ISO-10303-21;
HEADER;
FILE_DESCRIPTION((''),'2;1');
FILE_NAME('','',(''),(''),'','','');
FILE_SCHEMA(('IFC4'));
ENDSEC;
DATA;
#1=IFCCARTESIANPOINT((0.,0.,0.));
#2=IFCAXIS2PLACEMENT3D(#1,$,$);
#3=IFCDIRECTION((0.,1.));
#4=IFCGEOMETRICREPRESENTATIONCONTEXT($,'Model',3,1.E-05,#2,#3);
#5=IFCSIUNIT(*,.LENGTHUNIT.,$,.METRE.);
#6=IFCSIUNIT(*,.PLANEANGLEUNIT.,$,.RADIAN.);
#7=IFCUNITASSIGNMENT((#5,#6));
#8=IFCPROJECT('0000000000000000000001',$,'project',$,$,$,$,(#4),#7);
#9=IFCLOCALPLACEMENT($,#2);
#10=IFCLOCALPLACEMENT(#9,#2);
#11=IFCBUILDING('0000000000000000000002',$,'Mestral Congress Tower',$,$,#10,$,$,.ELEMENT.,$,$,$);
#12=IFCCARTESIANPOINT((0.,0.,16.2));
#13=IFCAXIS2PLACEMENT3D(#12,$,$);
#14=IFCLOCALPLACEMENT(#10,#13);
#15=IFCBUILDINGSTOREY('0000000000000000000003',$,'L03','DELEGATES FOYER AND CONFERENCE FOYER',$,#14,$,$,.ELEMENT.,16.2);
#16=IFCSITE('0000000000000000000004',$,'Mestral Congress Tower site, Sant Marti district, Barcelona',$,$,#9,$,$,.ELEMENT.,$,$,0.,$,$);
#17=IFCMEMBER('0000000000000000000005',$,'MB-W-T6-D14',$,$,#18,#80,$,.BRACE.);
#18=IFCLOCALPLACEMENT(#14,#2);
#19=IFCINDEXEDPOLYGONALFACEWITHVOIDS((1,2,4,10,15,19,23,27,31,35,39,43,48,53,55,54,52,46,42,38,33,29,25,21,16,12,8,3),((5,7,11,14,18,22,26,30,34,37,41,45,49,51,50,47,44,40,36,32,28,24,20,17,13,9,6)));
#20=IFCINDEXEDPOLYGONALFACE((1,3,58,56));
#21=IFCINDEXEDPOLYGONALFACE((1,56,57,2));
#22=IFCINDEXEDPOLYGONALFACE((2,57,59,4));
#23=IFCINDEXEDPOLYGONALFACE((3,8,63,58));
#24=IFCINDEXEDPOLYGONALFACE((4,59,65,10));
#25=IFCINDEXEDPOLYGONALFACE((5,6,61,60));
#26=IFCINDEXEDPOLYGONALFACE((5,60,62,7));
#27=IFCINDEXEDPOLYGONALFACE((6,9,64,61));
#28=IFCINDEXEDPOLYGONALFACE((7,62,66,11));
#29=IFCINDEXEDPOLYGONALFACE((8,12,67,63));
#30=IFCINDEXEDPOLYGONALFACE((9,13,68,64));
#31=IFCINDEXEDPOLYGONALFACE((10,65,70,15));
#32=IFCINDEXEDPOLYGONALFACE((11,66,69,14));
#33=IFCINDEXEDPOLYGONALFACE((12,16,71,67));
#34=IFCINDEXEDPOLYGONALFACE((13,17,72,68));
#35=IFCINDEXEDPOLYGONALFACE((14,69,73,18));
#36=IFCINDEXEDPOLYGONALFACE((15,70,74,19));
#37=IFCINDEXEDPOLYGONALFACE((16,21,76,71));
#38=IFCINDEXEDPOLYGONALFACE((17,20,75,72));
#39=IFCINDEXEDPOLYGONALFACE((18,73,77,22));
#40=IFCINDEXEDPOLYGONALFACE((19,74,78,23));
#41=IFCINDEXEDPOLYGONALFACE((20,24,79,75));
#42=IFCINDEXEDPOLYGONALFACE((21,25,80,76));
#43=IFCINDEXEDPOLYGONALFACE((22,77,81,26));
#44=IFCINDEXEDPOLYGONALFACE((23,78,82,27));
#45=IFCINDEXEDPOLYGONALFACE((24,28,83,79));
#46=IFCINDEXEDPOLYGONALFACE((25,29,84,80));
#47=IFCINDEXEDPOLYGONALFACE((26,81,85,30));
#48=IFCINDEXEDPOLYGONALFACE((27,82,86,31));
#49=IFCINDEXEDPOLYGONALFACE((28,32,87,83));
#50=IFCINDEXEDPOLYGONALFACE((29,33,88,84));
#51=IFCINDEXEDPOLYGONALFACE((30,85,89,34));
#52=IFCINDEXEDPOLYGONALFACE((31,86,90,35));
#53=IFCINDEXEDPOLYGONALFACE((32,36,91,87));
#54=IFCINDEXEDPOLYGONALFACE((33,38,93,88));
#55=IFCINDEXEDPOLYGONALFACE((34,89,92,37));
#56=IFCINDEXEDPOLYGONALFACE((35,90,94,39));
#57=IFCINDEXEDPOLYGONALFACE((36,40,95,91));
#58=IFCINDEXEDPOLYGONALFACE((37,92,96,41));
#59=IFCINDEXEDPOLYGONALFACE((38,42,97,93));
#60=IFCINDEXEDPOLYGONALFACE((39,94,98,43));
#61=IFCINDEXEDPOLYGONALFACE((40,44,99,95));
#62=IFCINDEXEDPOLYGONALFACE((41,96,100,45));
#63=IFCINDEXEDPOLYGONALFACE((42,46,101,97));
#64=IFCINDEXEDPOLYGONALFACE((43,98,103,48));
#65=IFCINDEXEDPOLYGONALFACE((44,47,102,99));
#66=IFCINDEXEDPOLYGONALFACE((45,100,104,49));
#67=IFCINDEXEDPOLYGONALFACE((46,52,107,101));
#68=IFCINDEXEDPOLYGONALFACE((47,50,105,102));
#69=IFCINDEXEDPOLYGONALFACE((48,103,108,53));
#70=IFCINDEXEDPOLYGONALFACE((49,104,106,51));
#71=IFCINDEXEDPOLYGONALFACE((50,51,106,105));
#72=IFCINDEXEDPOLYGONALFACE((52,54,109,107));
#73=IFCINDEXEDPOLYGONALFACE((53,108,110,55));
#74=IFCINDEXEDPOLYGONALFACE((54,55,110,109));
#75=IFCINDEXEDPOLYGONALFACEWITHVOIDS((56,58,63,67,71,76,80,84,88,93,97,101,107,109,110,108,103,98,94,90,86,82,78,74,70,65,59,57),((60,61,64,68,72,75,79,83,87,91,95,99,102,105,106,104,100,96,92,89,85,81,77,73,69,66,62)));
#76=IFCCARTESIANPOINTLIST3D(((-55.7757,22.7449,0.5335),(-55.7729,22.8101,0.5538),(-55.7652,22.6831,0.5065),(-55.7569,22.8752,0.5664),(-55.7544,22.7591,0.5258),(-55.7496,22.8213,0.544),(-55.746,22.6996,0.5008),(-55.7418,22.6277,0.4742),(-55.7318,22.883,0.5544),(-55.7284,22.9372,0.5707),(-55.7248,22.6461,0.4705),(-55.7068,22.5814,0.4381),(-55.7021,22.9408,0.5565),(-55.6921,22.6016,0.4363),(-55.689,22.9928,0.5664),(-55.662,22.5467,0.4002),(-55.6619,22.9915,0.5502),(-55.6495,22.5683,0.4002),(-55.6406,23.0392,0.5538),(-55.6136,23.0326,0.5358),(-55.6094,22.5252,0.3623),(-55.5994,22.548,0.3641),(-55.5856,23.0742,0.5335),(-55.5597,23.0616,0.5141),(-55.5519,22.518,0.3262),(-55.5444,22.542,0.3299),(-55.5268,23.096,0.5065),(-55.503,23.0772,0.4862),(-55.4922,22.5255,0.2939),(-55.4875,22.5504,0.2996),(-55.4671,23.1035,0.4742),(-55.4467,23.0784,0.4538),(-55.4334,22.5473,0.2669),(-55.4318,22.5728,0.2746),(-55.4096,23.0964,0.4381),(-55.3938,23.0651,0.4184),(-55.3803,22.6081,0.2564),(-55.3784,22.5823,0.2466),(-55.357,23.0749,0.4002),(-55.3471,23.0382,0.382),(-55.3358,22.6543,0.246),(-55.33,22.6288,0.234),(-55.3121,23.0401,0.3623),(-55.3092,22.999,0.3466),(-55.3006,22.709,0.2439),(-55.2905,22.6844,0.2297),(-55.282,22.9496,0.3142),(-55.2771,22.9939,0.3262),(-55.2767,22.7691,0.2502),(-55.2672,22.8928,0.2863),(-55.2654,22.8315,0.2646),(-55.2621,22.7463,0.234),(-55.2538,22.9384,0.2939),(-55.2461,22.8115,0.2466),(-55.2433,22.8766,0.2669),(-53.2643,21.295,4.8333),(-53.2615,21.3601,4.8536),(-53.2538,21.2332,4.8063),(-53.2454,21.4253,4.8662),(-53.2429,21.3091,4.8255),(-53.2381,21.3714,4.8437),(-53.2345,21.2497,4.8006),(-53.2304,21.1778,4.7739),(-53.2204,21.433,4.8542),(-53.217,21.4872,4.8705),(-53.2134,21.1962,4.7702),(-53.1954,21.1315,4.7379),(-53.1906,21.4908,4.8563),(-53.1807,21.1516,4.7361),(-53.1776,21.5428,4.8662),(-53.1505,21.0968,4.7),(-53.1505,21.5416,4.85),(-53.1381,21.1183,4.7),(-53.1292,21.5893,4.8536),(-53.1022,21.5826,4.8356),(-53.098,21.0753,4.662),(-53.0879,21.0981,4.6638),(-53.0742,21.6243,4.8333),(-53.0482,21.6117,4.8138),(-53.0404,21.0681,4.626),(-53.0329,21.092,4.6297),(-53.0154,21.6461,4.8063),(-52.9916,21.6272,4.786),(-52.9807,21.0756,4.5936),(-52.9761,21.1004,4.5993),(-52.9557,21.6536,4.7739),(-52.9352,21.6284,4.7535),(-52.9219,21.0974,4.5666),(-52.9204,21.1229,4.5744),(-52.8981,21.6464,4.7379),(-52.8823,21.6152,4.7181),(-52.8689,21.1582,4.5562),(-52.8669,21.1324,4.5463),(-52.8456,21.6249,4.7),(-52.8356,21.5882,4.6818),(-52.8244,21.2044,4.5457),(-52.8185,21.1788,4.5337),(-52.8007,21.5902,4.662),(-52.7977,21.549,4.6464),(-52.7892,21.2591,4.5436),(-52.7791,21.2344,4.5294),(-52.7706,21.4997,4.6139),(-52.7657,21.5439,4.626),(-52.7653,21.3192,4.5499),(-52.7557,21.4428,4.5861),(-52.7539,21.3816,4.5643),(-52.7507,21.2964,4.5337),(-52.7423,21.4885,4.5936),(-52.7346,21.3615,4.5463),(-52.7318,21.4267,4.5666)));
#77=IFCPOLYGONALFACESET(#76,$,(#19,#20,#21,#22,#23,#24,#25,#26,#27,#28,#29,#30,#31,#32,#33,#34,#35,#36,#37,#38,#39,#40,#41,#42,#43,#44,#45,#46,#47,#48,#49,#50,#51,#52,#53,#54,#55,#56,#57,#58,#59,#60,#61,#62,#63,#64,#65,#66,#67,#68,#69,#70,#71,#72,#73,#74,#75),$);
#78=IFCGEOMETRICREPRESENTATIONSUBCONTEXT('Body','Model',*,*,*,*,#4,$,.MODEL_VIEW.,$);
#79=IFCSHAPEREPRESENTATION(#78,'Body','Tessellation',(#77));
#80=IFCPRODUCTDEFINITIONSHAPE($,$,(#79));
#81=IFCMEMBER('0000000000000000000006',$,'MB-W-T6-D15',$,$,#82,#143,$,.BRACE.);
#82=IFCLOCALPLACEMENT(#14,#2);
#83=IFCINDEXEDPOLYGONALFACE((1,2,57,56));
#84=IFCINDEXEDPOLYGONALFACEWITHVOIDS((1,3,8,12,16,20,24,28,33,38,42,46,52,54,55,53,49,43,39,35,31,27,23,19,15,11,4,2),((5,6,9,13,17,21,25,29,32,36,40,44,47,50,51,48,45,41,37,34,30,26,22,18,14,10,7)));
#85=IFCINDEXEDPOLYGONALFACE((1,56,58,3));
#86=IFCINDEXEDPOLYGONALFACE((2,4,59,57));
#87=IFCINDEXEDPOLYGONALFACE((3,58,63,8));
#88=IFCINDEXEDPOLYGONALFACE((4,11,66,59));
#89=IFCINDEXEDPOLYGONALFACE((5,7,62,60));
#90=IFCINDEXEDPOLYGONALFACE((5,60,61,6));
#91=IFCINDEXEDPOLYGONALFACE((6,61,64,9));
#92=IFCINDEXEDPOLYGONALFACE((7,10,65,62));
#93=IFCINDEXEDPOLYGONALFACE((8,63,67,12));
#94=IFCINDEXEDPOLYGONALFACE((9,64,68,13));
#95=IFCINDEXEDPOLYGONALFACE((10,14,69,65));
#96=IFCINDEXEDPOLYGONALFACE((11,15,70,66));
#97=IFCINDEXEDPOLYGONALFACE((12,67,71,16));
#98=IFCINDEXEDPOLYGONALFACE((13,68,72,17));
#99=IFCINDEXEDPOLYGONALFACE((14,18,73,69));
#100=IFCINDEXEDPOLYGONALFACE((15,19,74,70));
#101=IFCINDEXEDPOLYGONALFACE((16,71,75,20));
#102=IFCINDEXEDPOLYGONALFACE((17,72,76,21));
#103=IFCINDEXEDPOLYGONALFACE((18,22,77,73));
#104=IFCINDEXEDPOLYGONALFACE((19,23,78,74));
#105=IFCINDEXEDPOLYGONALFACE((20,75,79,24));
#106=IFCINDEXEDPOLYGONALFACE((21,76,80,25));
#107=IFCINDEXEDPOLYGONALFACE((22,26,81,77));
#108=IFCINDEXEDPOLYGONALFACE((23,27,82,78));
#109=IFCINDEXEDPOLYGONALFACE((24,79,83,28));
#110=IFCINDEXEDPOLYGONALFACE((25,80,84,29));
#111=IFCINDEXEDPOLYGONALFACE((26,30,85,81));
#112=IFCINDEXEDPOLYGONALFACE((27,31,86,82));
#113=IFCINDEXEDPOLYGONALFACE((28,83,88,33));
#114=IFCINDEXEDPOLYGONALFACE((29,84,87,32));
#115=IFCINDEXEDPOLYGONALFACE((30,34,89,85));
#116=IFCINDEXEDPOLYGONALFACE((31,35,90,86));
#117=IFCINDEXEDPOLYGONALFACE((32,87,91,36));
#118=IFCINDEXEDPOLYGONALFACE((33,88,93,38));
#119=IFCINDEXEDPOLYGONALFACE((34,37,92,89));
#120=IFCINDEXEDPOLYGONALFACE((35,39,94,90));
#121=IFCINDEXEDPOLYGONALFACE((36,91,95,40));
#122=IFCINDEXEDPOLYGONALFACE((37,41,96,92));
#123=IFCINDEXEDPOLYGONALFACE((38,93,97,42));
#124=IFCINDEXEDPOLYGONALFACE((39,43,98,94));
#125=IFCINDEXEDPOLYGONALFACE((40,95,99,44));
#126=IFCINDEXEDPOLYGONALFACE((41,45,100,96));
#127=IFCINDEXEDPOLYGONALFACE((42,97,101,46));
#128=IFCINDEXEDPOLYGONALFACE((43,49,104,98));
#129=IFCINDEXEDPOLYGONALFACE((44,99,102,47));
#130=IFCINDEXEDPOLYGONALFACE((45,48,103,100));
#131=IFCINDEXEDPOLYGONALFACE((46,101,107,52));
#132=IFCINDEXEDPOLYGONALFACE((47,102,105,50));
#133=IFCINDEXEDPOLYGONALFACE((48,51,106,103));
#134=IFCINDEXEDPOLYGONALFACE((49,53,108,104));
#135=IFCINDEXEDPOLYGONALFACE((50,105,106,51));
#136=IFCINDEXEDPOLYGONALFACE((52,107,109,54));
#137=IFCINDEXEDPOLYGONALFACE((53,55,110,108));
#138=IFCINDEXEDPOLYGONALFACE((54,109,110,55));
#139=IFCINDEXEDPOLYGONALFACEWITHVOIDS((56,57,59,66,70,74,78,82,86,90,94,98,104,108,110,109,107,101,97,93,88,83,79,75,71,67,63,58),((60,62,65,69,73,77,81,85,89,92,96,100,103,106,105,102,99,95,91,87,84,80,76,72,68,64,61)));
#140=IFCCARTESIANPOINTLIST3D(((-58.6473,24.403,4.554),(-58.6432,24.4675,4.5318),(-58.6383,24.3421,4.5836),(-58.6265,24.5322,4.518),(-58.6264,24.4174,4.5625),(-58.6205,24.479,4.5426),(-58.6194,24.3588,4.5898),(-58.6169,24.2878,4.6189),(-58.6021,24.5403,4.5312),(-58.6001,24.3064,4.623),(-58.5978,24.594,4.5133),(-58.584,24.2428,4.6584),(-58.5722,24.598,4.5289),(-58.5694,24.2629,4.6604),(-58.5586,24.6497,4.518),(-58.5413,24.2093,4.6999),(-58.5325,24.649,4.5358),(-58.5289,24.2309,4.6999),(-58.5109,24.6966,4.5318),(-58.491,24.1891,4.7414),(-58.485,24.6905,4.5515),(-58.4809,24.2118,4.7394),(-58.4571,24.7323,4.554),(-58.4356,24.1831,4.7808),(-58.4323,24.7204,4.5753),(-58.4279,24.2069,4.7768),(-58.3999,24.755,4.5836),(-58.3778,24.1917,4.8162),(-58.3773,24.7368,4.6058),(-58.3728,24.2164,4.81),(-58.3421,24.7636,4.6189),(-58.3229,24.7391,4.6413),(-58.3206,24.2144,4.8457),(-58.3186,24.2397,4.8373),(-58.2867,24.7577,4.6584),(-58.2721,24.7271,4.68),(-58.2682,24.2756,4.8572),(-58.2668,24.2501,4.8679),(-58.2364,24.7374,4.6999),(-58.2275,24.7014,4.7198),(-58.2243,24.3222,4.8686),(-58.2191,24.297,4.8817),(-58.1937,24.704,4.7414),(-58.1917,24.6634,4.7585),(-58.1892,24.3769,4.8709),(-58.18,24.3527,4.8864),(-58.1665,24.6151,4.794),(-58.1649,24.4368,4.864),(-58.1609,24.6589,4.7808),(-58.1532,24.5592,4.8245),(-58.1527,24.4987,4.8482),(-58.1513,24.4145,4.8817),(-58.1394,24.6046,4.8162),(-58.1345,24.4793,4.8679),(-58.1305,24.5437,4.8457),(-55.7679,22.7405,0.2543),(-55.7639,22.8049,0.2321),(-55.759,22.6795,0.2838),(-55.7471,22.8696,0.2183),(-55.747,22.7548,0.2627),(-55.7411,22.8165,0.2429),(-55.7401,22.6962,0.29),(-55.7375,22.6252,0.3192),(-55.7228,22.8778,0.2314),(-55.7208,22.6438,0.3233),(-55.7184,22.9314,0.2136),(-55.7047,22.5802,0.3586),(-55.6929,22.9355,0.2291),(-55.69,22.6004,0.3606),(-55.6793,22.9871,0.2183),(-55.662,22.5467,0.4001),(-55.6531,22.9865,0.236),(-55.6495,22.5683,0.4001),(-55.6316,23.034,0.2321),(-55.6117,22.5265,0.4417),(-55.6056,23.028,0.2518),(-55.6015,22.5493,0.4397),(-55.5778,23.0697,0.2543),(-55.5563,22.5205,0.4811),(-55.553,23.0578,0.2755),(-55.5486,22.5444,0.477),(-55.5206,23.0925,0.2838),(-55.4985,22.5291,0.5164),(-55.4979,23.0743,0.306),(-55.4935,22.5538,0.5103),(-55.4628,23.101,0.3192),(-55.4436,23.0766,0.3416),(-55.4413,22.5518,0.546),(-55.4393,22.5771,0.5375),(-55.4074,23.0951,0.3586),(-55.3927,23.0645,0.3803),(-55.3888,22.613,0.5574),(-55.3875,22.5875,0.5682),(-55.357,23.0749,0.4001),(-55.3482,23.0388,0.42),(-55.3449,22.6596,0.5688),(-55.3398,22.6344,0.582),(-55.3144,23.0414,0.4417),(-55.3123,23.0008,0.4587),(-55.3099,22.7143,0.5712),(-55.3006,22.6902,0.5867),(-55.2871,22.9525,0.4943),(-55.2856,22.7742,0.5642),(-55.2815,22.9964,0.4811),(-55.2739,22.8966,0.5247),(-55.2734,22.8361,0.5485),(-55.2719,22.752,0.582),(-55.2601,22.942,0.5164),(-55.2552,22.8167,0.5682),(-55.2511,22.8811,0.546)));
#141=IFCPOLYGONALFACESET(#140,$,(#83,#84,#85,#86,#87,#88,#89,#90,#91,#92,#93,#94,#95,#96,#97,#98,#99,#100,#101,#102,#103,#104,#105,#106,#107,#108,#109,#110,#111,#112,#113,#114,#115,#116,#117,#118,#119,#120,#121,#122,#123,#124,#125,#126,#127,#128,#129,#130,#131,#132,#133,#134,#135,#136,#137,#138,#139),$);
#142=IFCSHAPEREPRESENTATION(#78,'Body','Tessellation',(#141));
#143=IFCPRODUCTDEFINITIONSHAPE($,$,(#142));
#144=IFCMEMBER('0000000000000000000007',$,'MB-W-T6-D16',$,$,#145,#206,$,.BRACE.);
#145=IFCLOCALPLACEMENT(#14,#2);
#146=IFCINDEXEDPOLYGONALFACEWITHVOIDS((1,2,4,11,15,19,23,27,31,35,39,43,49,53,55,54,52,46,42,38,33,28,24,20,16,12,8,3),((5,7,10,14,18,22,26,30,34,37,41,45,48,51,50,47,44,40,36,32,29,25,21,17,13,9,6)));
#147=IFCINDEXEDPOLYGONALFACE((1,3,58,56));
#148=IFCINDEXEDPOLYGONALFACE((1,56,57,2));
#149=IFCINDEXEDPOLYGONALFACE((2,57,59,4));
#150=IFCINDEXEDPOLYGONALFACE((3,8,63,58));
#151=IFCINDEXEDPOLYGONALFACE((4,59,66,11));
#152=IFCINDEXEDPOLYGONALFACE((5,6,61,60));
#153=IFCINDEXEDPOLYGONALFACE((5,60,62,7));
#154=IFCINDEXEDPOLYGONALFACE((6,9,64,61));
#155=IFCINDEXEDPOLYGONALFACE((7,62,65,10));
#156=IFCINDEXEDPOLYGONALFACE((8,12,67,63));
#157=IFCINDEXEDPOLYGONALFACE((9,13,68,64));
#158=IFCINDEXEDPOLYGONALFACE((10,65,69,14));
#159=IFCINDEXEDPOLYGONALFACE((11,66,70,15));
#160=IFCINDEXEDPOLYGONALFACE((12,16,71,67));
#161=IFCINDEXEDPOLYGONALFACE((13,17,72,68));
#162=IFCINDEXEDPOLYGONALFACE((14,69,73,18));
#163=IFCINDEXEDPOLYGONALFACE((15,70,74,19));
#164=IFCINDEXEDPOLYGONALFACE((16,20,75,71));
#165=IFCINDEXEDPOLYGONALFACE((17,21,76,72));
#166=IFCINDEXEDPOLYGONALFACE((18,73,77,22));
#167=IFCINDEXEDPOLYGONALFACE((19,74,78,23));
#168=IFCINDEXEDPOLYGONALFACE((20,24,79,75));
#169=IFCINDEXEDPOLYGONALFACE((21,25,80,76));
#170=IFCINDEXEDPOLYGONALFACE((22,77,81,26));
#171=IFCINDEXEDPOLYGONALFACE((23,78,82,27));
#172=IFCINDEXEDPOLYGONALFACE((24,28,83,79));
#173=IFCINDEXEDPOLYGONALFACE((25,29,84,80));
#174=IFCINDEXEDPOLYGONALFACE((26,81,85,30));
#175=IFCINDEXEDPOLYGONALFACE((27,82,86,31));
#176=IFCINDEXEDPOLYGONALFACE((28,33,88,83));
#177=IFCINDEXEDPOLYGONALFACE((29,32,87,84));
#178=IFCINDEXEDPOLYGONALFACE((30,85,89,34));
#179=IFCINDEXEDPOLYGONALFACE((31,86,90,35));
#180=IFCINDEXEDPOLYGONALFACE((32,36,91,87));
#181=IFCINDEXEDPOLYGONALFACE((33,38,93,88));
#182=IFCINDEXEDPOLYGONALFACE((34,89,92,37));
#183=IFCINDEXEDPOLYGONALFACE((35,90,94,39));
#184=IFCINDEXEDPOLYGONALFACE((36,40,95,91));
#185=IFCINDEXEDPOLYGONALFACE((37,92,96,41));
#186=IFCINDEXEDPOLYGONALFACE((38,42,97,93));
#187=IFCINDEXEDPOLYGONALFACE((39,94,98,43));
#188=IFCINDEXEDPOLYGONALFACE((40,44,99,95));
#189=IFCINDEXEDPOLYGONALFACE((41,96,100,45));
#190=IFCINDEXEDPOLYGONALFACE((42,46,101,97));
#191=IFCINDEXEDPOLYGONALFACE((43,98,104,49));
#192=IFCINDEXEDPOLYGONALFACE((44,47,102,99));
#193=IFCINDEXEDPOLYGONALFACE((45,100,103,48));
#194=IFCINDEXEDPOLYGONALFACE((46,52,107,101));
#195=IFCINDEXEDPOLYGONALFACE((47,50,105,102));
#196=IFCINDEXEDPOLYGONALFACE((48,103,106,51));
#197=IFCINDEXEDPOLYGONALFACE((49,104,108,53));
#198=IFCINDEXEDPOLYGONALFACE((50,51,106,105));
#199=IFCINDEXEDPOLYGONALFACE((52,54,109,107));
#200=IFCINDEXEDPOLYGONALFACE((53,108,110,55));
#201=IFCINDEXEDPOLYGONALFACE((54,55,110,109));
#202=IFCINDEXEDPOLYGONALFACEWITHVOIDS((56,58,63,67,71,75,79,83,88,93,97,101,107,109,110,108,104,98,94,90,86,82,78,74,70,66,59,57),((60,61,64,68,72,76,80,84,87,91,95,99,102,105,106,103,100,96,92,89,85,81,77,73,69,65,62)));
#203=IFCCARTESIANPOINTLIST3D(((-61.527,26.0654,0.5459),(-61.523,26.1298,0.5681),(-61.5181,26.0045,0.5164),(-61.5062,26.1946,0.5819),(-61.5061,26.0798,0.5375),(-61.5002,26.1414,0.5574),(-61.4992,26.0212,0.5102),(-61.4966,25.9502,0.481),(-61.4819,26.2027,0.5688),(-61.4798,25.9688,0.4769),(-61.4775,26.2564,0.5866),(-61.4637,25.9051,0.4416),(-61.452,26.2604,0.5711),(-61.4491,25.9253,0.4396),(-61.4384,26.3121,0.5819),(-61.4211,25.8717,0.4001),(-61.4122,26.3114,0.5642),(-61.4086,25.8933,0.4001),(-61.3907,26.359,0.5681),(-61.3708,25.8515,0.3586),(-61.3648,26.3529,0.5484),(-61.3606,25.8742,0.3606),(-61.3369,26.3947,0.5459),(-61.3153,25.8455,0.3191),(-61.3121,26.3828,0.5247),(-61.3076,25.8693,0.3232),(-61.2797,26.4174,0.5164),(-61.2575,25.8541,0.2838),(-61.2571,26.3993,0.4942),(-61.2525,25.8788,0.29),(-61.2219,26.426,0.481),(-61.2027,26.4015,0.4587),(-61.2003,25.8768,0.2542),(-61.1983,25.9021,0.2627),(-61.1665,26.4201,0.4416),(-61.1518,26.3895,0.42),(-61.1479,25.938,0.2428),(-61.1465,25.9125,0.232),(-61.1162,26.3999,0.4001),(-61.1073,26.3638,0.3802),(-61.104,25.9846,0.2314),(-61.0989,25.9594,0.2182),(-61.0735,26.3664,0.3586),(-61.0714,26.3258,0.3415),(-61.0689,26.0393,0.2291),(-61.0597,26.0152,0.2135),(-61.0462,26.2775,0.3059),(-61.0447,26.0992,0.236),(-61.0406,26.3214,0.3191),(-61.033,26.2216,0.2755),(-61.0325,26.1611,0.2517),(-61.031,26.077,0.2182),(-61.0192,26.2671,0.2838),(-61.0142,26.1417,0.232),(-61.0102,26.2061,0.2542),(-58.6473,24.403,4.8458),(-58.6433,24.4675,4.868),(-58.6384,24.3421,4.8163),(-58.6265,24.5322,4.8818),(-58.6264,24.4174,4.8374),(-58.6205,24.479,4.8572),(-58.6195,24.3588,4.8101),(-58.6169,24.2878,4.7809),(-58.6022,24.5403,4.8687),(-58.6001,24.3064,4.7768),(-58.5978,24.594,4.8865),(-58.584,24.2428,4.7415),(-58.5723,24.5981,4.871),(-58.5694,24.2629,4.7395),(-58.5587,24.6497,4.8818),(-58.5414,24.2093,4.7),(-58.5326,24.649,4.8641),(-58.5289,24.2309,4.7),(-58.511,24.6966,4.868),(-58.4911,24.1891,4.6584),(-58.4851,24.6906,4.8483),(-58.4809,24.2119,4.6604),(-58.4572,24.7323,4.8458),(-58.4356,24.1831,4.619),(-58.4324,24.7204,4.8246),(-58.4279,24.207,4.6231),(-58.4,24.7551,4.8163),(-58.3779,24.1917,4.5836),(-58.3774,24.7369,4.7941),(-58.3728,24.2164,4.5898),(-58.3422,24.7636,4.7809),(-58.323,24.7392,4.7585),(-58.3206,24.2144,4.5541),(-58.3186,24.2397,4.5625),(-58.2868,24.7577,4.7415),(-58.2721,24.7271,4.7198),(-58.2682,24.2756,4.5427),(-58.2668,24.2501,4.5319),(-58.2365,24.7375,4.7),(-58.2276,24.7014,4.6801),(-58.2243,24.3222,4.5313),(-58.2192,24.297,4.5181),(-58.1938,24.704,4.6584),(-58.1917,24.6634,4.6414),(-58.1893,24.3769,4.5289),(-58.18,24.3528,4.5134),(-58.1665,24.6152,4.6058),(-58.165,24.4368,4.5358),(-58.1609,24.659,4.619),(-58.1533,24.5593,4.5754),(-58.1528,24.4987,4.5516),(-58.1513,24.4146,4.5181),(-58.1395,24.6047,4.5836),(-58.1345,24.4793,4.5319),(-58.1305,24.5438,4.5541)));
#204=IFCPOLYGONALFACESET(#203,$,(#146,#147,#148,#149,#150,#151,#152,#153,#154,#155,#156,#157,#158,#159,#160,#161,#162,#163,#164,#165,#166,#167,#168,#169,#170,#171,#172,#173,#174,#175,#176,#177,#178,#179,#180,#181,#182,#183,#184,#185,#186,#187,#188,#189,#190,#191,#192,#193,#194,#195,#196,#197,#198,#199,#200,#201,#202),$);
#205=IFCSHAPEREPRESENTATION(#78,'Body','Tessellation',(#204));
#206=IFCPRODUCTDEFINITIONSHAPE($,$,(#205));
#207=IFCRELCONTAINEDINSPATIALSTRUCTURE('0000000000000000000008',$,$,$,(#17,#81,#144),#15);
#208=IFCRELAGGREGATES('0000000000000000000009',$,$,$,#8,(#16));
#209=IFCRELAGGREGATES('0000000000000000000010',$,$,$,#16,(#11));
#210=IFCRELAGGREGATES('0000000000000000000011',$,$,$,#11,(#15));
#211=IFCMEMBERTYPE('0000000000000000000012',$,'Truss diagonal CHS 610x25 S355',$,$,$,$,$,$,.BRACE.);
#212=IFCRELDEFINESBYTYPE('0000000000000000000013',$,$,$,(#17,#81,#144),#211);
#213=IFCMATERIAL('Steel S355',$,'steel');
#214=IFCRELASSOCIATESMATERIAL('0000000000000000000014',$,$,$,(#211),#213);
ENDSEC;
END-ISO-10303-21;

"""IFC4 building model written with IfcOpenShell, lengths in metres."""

from ifc_helpers import new_model, si_unit, direction, frame, origin, origin_2d, place, context, subcontext, project, spatial, hollow_circle, extrude, material, material_profile, profile_set, type_object, element, save


model = new_model("IFC4")

# Units and contexts
model_context = context("Model", 3, precision=1e-05, world=origin(), true_north=direction((0.0, 1.0)))
body_context = subcontext(model_context, "Body", "Model", "MODEL_VIEW")
ifc_project = project(units=[si_unit("LENGTHUNIT", "METRE"), si_unit("PLANEANGLEUNIT", "RADIAN")], contexts=[model_context])

# Site, building, storey
site_placement = place(None, origin())
site = spatial("IfcSite", under=ifc_project, at=site_placement, Name="Mestral Congress Tower site, Sant Marti district, Barcelona", CompositionType="ELEMENT", RefElevation=0.0)
building_placement = place(site_placement, origin())
building = spatial("IfcBuilding", under=site, at=building_placement, Name="Mestral Congress Tower", CompositionType="ELEMENT")
storey_placement = place(building_placement, frame((0.0, 0.0, 16.2)))
storey = spatial("IfcBuildingStorey", under=building, at=storey_placement, Name="L03", Description="DELEGATES FOYER AND CONFERENCE FOYER", CompositionType="ELEMENT", Elevation=16.2)

# Members
ifc_material = material(Name="Steel S355", Category="steel")
ifc_material_profile_1 = material_profile(ifc_material, hollow_circle(Radius=0.3049, WallThickness=0.0249, at=origin_2d()), Name="CHS 610x25")
ifc_profile_set_1 = profile_set([ifc_material_profile_1], Name="Steel S355")
member_type_1 = type_object("IfcMemberType", Name="Truss diagonal CHS 610x25 S355", PredefinedType="BRACE", material=ifc_profile_set_1)
member_1_placement = place(storey_placement, frame((-52.998, 21.3608, 4.7), z_axis=(-0.484247, 0.279571, -0.829062), x_axis=(-0.499987, -0.866033, 0.0)))
element("IfcMember", 1, at=member_1_placement, inside=storey, type_object=member_type_1, Name="MB-W-T6-D14", PredefinedType="BRACE", context=body_context, shape_type="SweptSolid", body=[
    extrude(hollow_circle(Radius=0.3049, WallThickness=0.0249, at=origin_2d()), origin(), (0.0, 0.0, 1.0), 5.1863),
])
member_2_placement = place(storey_placement, frame((-55.5095, 22.8108, 0.4001), z_axis=(-0.529749, 0.305884, 0.791076), x_axis=(-0.50004, -0.866002, 0.0)))
element("IfcMember", 2, at=member_2_placement, inside=storey, type_object=member_type_1, Name="MB-W-T6-D15", PredefinedType="BRACE", context=body_context, shape_type="SweptSolid", body=[
    extrude(hollow_circle(Radius=0.3049, WallThickness=0.0249, at=origin_2d()), origin(), (0.0, 0.0, 1.0), 5.4353),
])
for number, where, z_axis, x_axis, name in (
    (3, (-58.3889, 24.4734, 4.7), (-0.529789, 0.305836, -0.791068), (-0.499953, -0.866052, 0.0), "MB-W-T6-D16"),
):
    element("IfcMember", number, at=place(storey_placement, frame(where, z_axis=z_axis, x_axis=x_axis)), inside=storey, type_object=member_type_1, Name=name, PredefinedType="BRACE", context=body_context, shape_type="SweptSolid", body=[
        extrude(hollow_circle(Radius=0.3049, WallThickness=0.0249, at=origin_2d()), origin(), (0.0, 0.0, 1.0), 5.4355),
    ])

save(model, "model.ifc")
